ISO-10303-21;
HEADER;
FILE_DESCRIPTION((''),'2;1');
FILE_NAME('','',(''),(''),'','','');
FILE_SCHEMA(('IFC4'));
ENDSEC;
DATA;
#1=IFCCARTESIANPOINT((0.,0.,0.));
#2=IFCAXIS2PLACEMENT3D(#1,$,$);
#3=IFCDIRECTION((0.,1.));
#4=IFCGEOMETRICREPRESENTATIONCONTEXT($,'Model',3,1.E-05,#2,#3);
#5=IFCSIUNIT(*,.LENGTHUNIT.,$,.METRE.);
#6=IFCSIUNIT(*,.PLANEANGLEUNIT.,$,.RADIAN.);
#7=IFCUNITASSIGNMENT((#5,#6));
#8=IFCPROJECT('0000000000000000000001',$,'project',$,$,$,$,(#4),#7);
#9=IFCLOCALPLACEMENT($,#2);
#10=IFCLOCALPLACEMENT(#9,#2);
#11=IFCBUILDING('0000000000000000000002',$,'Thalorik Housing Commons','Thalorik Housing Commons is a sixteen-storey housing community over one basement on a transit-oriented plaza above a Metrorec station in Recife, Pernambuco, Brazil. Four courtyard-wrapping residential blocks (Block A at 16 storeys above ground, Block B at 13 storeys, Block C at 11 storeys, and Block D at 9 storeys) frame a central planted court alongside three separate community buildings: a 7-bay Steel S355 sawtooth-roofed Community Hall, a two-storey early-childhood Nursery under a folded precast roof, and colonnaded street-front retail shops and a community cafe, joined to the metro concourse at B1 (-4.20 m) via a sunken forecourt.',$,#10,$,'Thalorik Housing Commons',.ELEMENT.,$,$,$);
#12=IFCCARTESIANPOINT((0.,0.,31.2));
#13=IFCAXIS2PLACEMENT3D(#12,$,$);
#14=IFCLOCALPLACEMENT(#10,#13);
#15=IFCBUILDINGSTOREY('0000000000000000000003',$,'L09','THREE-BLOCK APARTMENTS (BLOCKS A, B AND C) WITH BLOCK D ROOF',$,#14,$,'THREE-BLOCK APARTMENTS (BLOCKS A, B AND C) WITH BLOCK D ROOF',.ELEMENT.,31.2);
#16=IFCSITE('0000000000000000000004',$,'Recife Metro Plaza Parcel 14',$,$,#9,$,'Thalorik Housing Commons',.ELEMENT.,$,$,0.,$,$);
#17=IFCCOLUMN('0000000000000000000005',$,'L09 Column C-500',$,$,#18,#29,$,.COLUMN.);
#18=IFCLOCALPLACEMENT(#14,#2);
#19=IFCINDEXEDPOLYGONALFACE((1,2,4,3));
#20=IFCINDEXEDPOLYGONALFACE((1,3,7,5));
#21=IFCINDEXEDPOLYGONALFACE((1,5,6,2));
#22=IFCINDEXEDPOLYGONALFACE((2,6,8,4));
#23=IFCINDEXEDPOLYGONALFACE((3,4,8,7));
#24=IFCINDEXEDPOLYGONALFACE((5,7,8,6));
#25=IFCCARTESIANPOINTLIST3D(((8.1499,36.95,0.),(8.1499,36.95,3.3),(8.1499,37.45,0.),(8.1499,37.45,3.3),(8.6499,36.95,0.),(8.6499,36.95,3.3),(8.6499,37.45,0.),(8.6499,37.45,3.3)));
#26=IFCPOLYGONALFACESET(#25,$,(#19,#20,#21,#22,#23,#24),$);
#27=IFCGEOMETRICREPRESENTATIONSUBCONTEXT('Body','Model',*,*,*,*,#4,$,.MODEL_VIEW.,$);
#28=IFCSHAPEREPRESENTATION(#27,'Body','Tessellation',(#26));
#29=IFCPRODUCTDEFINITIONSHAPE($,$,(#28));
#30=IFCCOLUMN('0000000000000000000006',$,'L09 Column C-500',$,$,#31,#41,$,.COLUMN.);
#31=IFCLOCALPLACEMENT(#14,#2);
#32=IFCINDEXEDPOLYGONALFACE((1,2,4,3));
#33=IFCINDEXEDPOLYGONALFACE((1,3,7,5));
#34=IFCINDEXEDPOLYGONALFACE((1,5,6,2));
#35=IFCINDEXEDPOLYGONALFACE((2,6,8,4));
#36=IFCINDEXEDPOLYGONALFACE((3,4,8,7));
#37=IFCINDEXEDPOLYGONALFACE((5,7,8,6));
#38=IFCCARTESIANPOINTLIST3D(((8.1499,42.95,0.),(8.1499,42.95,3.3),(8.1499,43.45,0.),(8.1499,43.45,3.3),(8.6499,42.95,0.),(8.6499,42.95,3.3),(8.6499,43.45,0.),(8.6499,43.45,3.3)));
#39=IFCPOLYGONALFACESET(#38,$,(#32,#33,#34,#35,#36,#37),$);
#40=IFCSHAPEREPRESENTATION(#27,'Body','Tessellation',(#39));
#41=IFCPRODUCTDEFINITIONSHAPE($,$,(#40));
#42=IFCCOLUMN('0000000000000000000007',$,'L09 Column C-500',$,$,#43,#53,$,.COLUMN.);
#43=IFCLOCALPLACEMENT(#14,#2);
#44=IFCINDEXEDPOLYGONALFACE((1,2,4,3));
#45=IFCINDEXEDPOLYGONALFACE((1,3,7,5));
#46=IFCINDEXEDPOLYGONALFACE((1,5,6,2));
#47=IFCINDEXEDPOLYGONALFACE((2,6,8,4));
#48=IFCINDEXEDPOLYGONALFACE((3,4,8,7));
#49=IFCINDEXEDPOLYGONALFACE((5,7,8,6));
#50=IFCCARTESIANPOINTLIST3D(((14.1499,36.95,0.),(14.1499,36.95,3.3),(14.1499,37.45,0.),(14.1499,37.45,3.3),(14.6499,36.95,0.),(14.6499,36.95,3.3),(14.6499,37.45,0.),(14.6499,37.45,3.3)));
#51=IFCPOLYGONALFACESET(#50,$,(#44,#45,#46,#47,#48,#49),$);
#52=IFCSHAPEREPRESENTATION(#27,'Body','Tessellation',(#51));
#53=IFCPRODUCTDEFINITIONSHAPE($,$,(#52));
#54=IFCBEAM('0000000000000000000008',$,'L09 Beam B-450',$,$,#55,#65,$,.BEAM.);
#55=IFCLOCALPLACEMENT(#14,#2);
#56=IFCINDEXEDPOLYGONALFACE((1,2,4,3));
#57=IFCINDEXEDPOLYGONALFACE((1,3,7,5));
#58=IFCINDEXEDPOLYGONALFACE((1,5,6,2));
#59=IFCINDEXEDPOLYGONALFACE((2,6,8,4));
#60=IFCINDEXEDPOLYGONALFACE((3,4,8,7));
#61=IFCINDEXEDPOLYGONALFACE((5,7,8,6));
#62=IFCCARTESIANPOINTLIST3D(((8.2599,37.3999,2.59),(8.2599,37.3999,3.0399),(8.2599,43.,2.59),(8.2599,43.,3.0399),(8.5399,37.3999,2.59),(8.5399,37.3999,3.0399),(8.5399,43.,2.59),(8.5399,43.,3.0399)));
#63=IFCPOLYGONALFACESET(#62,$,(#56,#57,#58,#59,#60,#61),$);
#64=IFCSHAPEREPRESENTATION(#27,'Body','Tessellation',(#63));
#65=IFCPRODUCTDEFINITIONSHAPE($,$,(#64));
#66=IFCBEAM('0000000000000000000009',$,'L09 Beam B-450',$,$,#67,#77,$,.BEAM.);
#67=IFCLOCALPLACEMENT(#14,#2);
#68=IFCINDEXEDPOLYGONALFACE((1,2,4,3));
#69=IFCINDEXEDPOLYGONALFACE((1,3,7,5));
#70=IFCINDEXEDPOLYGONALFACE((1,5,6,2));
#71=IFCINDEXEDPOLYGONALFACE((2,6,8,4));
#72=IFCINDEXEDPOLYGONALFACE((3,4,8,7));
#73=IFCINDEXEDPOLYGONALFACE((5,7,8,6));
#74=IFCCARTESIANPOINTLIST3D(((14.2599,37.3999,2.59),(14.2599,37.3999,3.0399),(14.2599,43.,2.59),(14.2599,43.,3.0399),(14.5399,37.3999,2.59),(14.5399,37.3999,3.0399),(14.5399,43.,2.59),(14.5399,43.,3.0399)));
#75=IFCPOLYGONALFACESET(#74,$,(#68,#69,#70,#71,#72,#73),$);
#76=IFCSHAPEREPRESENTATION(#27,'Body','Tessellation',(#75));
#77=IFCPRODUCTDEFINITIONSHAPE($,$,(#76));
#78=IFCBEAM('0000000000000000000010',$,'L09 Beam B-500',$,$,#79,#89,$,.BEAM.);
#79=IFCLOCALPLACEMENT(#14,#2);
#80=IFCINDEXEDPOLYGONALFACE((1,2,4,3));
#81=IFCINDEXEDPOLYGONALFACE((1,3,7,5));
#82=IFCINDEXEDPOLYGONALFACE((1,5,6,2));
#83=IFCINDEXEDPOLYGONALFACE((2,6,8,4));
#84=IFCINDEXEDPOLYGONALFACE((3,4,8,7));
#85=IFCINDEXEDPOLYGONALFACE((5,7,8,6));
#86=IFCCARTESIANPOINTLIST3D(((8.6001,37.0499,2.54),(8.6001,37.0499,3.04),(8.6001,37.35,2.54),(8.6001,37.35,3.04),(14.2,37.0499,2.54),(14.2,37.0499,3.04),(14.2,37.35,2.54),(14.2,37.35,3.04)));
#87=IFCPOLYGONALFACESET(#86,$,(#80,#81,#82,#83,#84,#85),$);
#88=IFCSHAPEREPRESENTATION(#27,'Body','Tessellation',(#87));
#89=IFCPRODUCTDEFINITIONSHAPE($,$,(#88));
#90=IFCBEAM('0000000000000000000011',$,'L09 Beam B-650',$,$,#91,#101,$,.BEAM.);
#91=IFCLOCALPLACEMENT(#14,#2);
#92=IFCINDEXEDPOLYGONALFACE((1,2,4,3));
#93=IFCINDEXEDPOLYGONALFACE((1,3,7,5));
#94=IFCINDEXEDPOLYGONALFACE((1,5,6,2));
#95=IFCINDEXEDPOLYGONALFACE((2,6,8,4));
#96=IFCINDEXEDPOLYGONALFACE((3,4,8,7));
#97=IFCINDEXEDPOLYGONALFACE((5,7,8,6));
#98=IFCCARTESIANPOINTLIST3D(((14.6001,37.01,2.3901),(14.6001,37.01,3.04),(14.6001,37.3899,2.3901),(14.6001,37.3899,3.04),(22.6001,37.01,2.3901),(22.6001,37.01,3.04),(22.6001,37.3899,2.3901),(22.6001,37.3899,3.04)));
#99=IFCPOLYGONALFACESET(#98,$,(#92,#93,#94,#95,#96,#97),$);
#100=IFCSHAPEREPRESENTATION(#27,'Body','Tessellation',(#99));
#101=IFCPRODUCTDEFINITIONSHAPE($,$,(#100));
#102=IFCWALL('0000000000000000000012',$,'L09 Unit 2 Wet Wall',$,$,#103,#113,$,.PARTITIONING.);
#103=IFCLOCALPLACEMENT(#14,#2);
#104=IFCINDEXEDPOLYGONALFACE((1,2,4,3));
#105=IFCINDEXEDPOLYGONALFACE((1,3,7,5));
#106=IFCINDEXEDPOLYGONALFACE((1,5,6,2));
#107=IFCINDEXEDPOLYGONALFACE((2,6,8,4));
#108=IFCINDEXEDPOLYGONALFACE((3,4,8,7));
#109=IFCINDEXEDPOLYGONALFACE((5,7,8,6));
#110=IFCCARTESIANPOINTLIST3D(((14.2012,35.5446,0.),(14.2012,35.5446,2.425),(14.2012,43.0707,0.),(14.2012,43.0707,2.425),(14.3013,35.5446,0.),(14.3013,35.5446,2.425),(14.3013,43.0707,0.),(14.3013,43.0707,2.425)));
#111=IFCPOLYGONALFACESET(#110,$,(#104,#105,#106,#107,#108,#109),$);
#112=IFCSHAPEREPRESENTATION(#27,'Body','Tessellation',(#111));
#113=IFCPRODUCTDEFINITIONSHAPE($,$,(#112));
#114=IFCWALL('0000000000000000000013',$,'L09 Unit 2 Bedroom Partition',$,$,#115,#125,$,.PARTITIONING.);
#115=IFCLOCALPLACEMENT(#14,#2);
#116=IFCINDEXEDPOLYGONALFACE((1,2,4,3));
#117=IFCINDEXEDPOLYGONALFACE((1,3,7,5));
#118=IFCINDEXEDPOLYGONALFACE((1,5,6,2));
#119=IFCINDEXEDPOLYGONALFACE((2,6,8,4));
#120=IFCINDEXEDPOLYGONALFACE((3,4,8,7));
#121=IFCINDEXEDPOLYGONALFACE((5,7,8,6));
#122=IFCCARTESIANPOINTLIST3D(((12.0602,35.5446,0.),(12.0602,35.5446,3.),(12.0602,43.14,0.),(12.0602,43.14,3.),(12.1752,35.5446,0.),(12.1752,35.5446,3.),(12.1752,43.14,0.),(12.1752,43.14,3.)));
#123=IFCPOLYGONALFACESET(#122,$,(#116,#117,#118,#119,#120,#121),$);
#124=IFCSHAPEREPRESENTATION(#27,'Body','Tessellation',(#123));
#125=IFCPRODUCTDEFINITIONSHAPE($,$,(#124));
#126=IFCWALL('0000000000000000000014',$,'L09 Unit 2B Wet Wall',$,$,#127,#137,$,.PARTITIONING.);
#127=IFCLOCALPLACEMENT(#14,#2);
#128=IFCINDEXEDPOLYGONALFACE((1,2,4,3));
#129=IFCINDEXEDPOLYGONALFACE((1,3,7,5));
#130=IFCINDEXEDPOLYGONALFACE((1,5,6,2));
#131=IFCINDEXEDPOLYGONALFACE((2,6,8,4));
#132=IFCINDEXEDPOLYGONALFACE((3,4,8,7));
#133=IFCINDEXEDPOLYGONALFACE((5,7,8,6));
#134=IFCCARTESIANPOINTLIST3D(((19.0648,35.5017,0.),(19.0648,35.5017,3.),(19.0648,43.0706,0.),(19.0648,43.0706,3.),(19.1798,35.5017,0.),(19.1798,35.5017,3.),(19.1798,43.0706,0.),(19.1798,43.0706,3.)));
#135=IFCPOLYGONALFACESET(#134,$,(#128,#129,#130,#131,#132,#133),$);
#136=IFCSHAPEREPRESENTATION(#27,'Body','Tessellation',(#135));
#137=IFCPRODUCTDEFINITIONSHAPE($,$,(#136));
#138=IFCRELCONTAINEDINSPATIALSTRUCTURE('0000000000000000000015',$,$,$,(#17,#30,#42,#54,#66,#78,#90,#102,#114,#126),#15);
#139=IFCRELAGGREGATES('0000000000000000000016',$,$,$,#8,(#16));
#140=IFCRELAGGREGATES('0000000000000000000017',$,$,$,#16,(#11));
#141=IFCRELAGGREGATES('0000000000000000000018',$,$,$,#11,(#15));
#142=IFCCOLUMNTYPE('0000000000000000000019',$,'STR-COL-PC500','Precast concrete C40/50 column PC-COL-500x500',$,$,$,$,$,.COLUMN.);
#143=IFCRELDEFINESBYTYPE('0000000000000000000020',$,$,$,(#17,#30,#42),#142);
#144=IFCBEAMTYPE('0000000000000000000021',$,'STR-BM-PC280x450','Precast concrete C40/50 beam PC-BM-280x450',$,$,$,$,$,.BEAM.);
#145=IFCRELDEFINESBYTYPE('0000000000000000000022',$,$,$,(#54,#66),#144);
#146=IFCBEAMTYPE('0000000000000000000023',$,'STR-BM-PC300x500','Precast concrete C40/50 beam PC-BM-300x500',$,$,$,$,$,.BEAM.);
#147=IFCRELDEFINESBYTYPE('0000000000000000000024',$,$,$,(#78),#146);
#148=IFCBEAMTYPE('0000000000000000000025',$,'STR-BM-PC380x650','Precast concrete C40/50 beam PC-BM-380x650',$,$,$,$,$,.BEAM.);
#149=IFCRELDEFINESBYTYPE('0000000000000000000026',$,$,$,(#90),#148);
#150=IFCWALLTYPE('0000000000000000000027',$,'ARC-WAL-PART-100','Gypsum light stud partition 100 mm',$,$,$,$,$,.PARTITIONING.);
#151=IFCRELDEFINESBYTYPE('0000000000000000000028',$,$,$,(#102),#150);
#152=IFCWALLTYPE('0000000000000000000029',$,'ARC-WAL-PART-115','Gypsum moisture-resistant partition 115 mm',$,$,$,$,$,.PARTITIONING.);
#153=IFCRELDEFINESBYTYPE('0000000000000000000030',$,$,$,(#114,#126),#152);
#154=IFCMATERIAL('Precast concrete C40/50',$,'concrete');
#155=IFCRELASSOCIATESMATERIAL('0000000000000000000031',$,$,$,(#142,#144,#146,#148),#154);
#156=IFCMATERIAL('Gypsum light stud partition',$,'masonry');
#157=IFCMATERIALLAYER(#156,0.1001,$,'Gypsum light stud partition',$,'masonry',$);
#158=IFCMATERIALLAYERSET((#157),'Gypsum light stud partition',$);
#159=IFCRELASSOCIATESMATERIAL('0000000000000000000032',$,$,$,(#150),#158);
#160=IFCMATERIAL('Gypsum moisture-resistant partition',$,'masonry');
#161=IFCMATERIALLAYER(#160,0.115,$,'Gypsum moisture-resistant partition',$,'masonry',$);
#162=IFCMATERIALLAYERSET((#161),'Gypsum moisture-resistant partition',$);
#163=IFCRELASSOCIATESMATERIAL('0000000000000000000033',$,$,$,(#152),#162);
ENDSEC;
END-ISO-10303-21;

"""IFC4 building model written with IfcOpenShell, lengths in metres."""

from ifc_helpers import new_model, si_unit, direction, frame, frame_2d, origin, origin_2d, place, context, subcontext, project, spatial, rectangle, extrude, material, layer, layer_set, material_profile, profile_set, type_object, element, save


model = new_model("IFC4")

# Units and contexts
model_context = context("Model", 3, precision=1e-05, world=origin(), true_north=direction((0.0, 1.0)))
body_context = subcontext(model_context, "Body", "Model", "MODEL_VIEW")
ifc_project = project(units=[si_unit("LENGTHUNIT", "METRE"), si_unit("PLANEANGLEUNIT", "RADIAN")], contexts=[model_context])

# Site, building, storey
site_placement = place(None, origin())
site = spatial("IfcSite", under=ifc_project, at=site_placement, Name="Recife Metro Plaza Parcel 14", LongName="Thalorik Housing Commons", CompositionType="ELEMENT", RefElevation=0.0)
building_placement = place(site_placement, origin())
building = spatial("IfcBuilding", under=site, at=building_placement, Name="Thalorik Housing Commons", Description="Thalorik Housing Commons is a sixteen-storey housing community over one basement on a transit-oriented plaza above a Metrorec station in Recife, Pernambuco, Brazil. Four courtyard-wrapping residential blocks (Block A at 16 storeys above ground, Block B at 13 storeys, Block C at 11 storeys, and Block D at 9 storeys) frame a central planted court alongside three separate community buildings: a 7-bay Steel S355 sawtooth-roofed Community Hall, a two-storey early-childhood Nursery under a folded precast roof, and colonnaded street-front retail shops and a community cafe, joined to the metro concourse at B1 (-4.20 m) via a sunken forecourt.", LongName="Thalorik Housing Commons", CompositionType="ELEMENT")
storey_placement = place(building_placement, frame((0.0, 0.0, 31.2)))
storey = spatial("IfcBuildingStorey", under=building, at=storey_placement, Name="L09", Description="THREE-BLOCK APARTMENTS (BLOCKS A, B AND C) WITH BLOCK D ROOF", LongName="THREE-BLOCK APARTMENTS (BLOCKS A, B AND C) WITH BLOCK D ROOF", CompositionType="ELEMENT", Elevation=31.2)

# Columns
ifc_material_1 = material(Name="Precast concrete C40/50", Category="concrete")
ifc_material_profile_1 = material_profile(ifc_material_1, rectangle(XDim=0.5, YDim=0.5, at=origin_2d()), Name="PC 500x500", Category="concrete")
ifc_profile_set_1 = profile_set([ifc_material_profile_1], Name="Precast concrete C40/50")
column_type = type_object("IfcColumnType", Name="STR-COL-PC500", Description="Precast concrete C40/50 column PC-COL-500x500", PredefinedType="COLUMN", material=ifc_profile_set_1)
for number, where, z_axis, x_axis, name in (
    (1, (8.3999, 37.2, 0.0), (0.0, 0.0, 1.0), (1.0, 0.0, 0.0), "L09 Column C-500"),
    (2, (8.3999, 43.2, 0.0), (0.0, 0.0, 1.0), (1.0, 0.0, 0.0), "L09 Column C-500"),
    (3, (14.3999, 37.2, 0.0), (0.0, 0.0, 1.0), (1.0, 0.0, 0.0), "L09 Column C-500"),
):
    element("IfcColumn", number, at=place(storey_placement, frame(where, z_axis=z_axis, x_axis=x_axis)), inside=storey, type_object=column_type, Name=name, PredefinedType="COLUMN", context=body_context, shape_type="SweptSolid", body=[
        extrude(rectangle(XDim=0.5, YDim=0.5, at=origin_2d()), origin(), (0.0, 0.0, 1.0), 3.3),
    ])

# Beams
ifc_material_profile_2 = material_profile(ifc_material_1, rectangle(XDim=0.28, YDim=0.45, at=origin_2d()), Name="PC 280x450", Category="concrete")
ifc_profile_set_2 = profile_set([ifc_material_profile_2], Name="Precast concrete C40/50")
beam_type_1 = type_object("IfcBeamType", Name="STR-BM-PC280x450", Description="Precast concrete C40/50 beam PC-BM-280x450", PredefinedType="BEAM", material=ifc_profile_set_2)
for number, where, z_axis, x_axis, name in (
    (4, (8.3999, 37.3999, 2.8149), (0.0, 1.0, 0.0), (-1.0, 0.0, 0.0), "L09 Beam B-450"),
    (5, (14.3999, 37.3999, 2.8149), (0.0, 1.0, 0.0), (-1.0, 0.0, 0.0), "L09 Beam B-450"),
):
    element("IfcBeam", number, at=place(storey_placement, frame(where, z_axis=z_axis, x_axis=x_axis)), inside=storey, type_object=beam_type_1, Name=name, PredefinedType="BEAM", context=body_context, shape_type="SweptSolid", body=[
        extrude(rectangle(XDim=0.28, YDim=0.45, at=origin_2d()), origin(), (0.0, 0.0, 1.0), 5.6001),
    ])
ifc_material_profile_3 = material_profile(ifc_material_1, rectangle(XDim=0.3, YDim=0.5, at=origin_2d()), Name="PC 300x500", Category="concrete")
ifc_profile_set_3 = profile_set([ifc_material_profile_3], Name="Precast concrete C40/50")
beam_type_2 = type_object("IfcBeamType", Name="STR-BM-PC300x500", Description="Precast concrete C40/50 beam PC-BM-300x500", PredefinedType="BEAM", material=ifc_profile_set_3)
beam_1_placement = place(storey_placement, frame((8.6001, 37.2, 2.79), z_axis=(1.0, 0.0, 0.0), x_axis=(0.0, 1.0, 0.0)))
element("IfcBeam", 6, at=beam_1_placement, inside=storey, type_object=beam_type_2, Name="L09 Beam B-500", PredefinedType="BEAM", context=body_context, shape_type="SweptSolid", body=[
    extrude(rectangle(XDim=0.3, YDim=0.5, at=origin_2d()), origin(), (0.0, 0.0, 1.0), 5.5999),
])
ifc_material_profile_4 = material_profile(ifc_material_1, rectangle(XDim=0.3799, YDim=0.6499, at=origin_2d()), Name="PC 380x650", Category="concrete")
ifc_profile_set_4 = profile_set([ifc_material_profile_4], Name="Precast concrete C40/50")
beam_type_3 = type_object("IfcBeamType", Name="STR-BM-PC380x650", Description="Precast concrete C40/50 beam PC-BM-380x650", PredefinedType="BEAM", material=ifc_profile_set_4)
beam_2_placement = place(storey_placement, frame((14.6001, 37.2, 2.7151), z_axis=(1.0, 0.0, 0.0), x_axis=(0.0, 1.0, 0.0)))
element("IfcBeam", 7, at=beam_2_placement, inside=storey, type_object=beam_type_3, Name="L09 Beam B-650", PredefinedType="BEAM", context=body_context, shape_type="SweptSolid", body=[
    extrude(rectangle(XDim=0.3799, YDim=0.6499, at=origin_2d()), origin(), (0.0, 0.0, 1.0), 8.0),
])

# Walls
ifc_material_2 = material(Name="Gypsum light stud partition", Category="masonry")
ifc_layer_1 = layer(ifc_material_2, 0.1001, Name="Gypsum light stud partition", Category="masonry")
ifc_layer_set_1 = layer_set([ifc_layer_1], Name="Gypsum light stud partition")
wall_type_1 = type_object("IfcWallType", Name="ARC-WAL-PART-100", Description="Gypsum light stud partition 100 mm", PredefinedType="PARTITIONING", material=ifc_layer_set_1)
wall_1_placement = place(storey_placement, frame((14.2512, 35.5444, 0.0), z_axis=(0.0, 0.0, 1.0), x_axis=(0.0, 1.0, 0.0)))
element("IfcWall", 8, at=wall_1_placement, inside=storey, type_object=wall_type_1, Name="L09 Unit 2 Wet Wall", PredefinedType="PARTITIONING", context=body_context, shape_type="SweptSolid", body=[
    extrude(rectangle(XDim=7.5261, YDim=0.1001, at=frame_2d((3.7632, 0.0))), origin(), (0.0, 0.0, 1.0), 2.425),
])
ifc_material_3 = material(Name="Gypsum moisture-resistant partition", Category="masonry")
ifc_layer_2 = layer(ifc_material_3, 0.115, Name="Gypsum moisture-resistant partition", Category="masonry")
ifc_layer_set_2 = layer_set([ifc_layer_2], Name="Gypsum moisture-resistant partition")
wall_type_2 = type_object("IfcWallType", Name="ARC-WAL-PART-115", Description="Gypsum moisture-resistant partition 115 mm", PredefinedType="PARTITIONING", material=ifc_layer_set_2)
wall_2_placement = place(storey_placement, frame((12.1177, 35.5444, 0.0), z_axis=(0.0, 0.0, 1.0), x_axis=(0.0, 1.0, 0.0)))
element("IfcWall", 9, at=wall_2_placement, inside=storey, type_object=wall_type_2, Name="L09 Unit 2 Bedroom Partition", PredefinedType="PARTITIONING", context=body_context, shape_type="SweptSolid", body=[
    extrude(rectangle(XDim=7.5955, YDim=0.115, at=frame_2d((3.7979, 0.0))), origin(), (0.0, 0.0, 1.0), 3.0),
])
wall_3_placement = place(storey_placement, frame((19.1223, 35.5017, 0.0), z_axis=(0.0, 0.0, 1.0), x_axis=(0.0, 1.0, 0.0)))
element("IfcWall", 10, at=wall_3_placement, inside=storey, type_object=wall_type_2, Name="L09 Unit 2B Wet Wall", PredefinedType="PARTITIONING", context=body_context, shape_type="SweptSolid", body=[
    extrude(rectangle(XDim=7.5688, YDim=0.115, at=frame_2d((3.7844, 0.0))), origin(), (0.0, 0.0, 1.0), 3.0),
])

save(model, "model.ifc")
